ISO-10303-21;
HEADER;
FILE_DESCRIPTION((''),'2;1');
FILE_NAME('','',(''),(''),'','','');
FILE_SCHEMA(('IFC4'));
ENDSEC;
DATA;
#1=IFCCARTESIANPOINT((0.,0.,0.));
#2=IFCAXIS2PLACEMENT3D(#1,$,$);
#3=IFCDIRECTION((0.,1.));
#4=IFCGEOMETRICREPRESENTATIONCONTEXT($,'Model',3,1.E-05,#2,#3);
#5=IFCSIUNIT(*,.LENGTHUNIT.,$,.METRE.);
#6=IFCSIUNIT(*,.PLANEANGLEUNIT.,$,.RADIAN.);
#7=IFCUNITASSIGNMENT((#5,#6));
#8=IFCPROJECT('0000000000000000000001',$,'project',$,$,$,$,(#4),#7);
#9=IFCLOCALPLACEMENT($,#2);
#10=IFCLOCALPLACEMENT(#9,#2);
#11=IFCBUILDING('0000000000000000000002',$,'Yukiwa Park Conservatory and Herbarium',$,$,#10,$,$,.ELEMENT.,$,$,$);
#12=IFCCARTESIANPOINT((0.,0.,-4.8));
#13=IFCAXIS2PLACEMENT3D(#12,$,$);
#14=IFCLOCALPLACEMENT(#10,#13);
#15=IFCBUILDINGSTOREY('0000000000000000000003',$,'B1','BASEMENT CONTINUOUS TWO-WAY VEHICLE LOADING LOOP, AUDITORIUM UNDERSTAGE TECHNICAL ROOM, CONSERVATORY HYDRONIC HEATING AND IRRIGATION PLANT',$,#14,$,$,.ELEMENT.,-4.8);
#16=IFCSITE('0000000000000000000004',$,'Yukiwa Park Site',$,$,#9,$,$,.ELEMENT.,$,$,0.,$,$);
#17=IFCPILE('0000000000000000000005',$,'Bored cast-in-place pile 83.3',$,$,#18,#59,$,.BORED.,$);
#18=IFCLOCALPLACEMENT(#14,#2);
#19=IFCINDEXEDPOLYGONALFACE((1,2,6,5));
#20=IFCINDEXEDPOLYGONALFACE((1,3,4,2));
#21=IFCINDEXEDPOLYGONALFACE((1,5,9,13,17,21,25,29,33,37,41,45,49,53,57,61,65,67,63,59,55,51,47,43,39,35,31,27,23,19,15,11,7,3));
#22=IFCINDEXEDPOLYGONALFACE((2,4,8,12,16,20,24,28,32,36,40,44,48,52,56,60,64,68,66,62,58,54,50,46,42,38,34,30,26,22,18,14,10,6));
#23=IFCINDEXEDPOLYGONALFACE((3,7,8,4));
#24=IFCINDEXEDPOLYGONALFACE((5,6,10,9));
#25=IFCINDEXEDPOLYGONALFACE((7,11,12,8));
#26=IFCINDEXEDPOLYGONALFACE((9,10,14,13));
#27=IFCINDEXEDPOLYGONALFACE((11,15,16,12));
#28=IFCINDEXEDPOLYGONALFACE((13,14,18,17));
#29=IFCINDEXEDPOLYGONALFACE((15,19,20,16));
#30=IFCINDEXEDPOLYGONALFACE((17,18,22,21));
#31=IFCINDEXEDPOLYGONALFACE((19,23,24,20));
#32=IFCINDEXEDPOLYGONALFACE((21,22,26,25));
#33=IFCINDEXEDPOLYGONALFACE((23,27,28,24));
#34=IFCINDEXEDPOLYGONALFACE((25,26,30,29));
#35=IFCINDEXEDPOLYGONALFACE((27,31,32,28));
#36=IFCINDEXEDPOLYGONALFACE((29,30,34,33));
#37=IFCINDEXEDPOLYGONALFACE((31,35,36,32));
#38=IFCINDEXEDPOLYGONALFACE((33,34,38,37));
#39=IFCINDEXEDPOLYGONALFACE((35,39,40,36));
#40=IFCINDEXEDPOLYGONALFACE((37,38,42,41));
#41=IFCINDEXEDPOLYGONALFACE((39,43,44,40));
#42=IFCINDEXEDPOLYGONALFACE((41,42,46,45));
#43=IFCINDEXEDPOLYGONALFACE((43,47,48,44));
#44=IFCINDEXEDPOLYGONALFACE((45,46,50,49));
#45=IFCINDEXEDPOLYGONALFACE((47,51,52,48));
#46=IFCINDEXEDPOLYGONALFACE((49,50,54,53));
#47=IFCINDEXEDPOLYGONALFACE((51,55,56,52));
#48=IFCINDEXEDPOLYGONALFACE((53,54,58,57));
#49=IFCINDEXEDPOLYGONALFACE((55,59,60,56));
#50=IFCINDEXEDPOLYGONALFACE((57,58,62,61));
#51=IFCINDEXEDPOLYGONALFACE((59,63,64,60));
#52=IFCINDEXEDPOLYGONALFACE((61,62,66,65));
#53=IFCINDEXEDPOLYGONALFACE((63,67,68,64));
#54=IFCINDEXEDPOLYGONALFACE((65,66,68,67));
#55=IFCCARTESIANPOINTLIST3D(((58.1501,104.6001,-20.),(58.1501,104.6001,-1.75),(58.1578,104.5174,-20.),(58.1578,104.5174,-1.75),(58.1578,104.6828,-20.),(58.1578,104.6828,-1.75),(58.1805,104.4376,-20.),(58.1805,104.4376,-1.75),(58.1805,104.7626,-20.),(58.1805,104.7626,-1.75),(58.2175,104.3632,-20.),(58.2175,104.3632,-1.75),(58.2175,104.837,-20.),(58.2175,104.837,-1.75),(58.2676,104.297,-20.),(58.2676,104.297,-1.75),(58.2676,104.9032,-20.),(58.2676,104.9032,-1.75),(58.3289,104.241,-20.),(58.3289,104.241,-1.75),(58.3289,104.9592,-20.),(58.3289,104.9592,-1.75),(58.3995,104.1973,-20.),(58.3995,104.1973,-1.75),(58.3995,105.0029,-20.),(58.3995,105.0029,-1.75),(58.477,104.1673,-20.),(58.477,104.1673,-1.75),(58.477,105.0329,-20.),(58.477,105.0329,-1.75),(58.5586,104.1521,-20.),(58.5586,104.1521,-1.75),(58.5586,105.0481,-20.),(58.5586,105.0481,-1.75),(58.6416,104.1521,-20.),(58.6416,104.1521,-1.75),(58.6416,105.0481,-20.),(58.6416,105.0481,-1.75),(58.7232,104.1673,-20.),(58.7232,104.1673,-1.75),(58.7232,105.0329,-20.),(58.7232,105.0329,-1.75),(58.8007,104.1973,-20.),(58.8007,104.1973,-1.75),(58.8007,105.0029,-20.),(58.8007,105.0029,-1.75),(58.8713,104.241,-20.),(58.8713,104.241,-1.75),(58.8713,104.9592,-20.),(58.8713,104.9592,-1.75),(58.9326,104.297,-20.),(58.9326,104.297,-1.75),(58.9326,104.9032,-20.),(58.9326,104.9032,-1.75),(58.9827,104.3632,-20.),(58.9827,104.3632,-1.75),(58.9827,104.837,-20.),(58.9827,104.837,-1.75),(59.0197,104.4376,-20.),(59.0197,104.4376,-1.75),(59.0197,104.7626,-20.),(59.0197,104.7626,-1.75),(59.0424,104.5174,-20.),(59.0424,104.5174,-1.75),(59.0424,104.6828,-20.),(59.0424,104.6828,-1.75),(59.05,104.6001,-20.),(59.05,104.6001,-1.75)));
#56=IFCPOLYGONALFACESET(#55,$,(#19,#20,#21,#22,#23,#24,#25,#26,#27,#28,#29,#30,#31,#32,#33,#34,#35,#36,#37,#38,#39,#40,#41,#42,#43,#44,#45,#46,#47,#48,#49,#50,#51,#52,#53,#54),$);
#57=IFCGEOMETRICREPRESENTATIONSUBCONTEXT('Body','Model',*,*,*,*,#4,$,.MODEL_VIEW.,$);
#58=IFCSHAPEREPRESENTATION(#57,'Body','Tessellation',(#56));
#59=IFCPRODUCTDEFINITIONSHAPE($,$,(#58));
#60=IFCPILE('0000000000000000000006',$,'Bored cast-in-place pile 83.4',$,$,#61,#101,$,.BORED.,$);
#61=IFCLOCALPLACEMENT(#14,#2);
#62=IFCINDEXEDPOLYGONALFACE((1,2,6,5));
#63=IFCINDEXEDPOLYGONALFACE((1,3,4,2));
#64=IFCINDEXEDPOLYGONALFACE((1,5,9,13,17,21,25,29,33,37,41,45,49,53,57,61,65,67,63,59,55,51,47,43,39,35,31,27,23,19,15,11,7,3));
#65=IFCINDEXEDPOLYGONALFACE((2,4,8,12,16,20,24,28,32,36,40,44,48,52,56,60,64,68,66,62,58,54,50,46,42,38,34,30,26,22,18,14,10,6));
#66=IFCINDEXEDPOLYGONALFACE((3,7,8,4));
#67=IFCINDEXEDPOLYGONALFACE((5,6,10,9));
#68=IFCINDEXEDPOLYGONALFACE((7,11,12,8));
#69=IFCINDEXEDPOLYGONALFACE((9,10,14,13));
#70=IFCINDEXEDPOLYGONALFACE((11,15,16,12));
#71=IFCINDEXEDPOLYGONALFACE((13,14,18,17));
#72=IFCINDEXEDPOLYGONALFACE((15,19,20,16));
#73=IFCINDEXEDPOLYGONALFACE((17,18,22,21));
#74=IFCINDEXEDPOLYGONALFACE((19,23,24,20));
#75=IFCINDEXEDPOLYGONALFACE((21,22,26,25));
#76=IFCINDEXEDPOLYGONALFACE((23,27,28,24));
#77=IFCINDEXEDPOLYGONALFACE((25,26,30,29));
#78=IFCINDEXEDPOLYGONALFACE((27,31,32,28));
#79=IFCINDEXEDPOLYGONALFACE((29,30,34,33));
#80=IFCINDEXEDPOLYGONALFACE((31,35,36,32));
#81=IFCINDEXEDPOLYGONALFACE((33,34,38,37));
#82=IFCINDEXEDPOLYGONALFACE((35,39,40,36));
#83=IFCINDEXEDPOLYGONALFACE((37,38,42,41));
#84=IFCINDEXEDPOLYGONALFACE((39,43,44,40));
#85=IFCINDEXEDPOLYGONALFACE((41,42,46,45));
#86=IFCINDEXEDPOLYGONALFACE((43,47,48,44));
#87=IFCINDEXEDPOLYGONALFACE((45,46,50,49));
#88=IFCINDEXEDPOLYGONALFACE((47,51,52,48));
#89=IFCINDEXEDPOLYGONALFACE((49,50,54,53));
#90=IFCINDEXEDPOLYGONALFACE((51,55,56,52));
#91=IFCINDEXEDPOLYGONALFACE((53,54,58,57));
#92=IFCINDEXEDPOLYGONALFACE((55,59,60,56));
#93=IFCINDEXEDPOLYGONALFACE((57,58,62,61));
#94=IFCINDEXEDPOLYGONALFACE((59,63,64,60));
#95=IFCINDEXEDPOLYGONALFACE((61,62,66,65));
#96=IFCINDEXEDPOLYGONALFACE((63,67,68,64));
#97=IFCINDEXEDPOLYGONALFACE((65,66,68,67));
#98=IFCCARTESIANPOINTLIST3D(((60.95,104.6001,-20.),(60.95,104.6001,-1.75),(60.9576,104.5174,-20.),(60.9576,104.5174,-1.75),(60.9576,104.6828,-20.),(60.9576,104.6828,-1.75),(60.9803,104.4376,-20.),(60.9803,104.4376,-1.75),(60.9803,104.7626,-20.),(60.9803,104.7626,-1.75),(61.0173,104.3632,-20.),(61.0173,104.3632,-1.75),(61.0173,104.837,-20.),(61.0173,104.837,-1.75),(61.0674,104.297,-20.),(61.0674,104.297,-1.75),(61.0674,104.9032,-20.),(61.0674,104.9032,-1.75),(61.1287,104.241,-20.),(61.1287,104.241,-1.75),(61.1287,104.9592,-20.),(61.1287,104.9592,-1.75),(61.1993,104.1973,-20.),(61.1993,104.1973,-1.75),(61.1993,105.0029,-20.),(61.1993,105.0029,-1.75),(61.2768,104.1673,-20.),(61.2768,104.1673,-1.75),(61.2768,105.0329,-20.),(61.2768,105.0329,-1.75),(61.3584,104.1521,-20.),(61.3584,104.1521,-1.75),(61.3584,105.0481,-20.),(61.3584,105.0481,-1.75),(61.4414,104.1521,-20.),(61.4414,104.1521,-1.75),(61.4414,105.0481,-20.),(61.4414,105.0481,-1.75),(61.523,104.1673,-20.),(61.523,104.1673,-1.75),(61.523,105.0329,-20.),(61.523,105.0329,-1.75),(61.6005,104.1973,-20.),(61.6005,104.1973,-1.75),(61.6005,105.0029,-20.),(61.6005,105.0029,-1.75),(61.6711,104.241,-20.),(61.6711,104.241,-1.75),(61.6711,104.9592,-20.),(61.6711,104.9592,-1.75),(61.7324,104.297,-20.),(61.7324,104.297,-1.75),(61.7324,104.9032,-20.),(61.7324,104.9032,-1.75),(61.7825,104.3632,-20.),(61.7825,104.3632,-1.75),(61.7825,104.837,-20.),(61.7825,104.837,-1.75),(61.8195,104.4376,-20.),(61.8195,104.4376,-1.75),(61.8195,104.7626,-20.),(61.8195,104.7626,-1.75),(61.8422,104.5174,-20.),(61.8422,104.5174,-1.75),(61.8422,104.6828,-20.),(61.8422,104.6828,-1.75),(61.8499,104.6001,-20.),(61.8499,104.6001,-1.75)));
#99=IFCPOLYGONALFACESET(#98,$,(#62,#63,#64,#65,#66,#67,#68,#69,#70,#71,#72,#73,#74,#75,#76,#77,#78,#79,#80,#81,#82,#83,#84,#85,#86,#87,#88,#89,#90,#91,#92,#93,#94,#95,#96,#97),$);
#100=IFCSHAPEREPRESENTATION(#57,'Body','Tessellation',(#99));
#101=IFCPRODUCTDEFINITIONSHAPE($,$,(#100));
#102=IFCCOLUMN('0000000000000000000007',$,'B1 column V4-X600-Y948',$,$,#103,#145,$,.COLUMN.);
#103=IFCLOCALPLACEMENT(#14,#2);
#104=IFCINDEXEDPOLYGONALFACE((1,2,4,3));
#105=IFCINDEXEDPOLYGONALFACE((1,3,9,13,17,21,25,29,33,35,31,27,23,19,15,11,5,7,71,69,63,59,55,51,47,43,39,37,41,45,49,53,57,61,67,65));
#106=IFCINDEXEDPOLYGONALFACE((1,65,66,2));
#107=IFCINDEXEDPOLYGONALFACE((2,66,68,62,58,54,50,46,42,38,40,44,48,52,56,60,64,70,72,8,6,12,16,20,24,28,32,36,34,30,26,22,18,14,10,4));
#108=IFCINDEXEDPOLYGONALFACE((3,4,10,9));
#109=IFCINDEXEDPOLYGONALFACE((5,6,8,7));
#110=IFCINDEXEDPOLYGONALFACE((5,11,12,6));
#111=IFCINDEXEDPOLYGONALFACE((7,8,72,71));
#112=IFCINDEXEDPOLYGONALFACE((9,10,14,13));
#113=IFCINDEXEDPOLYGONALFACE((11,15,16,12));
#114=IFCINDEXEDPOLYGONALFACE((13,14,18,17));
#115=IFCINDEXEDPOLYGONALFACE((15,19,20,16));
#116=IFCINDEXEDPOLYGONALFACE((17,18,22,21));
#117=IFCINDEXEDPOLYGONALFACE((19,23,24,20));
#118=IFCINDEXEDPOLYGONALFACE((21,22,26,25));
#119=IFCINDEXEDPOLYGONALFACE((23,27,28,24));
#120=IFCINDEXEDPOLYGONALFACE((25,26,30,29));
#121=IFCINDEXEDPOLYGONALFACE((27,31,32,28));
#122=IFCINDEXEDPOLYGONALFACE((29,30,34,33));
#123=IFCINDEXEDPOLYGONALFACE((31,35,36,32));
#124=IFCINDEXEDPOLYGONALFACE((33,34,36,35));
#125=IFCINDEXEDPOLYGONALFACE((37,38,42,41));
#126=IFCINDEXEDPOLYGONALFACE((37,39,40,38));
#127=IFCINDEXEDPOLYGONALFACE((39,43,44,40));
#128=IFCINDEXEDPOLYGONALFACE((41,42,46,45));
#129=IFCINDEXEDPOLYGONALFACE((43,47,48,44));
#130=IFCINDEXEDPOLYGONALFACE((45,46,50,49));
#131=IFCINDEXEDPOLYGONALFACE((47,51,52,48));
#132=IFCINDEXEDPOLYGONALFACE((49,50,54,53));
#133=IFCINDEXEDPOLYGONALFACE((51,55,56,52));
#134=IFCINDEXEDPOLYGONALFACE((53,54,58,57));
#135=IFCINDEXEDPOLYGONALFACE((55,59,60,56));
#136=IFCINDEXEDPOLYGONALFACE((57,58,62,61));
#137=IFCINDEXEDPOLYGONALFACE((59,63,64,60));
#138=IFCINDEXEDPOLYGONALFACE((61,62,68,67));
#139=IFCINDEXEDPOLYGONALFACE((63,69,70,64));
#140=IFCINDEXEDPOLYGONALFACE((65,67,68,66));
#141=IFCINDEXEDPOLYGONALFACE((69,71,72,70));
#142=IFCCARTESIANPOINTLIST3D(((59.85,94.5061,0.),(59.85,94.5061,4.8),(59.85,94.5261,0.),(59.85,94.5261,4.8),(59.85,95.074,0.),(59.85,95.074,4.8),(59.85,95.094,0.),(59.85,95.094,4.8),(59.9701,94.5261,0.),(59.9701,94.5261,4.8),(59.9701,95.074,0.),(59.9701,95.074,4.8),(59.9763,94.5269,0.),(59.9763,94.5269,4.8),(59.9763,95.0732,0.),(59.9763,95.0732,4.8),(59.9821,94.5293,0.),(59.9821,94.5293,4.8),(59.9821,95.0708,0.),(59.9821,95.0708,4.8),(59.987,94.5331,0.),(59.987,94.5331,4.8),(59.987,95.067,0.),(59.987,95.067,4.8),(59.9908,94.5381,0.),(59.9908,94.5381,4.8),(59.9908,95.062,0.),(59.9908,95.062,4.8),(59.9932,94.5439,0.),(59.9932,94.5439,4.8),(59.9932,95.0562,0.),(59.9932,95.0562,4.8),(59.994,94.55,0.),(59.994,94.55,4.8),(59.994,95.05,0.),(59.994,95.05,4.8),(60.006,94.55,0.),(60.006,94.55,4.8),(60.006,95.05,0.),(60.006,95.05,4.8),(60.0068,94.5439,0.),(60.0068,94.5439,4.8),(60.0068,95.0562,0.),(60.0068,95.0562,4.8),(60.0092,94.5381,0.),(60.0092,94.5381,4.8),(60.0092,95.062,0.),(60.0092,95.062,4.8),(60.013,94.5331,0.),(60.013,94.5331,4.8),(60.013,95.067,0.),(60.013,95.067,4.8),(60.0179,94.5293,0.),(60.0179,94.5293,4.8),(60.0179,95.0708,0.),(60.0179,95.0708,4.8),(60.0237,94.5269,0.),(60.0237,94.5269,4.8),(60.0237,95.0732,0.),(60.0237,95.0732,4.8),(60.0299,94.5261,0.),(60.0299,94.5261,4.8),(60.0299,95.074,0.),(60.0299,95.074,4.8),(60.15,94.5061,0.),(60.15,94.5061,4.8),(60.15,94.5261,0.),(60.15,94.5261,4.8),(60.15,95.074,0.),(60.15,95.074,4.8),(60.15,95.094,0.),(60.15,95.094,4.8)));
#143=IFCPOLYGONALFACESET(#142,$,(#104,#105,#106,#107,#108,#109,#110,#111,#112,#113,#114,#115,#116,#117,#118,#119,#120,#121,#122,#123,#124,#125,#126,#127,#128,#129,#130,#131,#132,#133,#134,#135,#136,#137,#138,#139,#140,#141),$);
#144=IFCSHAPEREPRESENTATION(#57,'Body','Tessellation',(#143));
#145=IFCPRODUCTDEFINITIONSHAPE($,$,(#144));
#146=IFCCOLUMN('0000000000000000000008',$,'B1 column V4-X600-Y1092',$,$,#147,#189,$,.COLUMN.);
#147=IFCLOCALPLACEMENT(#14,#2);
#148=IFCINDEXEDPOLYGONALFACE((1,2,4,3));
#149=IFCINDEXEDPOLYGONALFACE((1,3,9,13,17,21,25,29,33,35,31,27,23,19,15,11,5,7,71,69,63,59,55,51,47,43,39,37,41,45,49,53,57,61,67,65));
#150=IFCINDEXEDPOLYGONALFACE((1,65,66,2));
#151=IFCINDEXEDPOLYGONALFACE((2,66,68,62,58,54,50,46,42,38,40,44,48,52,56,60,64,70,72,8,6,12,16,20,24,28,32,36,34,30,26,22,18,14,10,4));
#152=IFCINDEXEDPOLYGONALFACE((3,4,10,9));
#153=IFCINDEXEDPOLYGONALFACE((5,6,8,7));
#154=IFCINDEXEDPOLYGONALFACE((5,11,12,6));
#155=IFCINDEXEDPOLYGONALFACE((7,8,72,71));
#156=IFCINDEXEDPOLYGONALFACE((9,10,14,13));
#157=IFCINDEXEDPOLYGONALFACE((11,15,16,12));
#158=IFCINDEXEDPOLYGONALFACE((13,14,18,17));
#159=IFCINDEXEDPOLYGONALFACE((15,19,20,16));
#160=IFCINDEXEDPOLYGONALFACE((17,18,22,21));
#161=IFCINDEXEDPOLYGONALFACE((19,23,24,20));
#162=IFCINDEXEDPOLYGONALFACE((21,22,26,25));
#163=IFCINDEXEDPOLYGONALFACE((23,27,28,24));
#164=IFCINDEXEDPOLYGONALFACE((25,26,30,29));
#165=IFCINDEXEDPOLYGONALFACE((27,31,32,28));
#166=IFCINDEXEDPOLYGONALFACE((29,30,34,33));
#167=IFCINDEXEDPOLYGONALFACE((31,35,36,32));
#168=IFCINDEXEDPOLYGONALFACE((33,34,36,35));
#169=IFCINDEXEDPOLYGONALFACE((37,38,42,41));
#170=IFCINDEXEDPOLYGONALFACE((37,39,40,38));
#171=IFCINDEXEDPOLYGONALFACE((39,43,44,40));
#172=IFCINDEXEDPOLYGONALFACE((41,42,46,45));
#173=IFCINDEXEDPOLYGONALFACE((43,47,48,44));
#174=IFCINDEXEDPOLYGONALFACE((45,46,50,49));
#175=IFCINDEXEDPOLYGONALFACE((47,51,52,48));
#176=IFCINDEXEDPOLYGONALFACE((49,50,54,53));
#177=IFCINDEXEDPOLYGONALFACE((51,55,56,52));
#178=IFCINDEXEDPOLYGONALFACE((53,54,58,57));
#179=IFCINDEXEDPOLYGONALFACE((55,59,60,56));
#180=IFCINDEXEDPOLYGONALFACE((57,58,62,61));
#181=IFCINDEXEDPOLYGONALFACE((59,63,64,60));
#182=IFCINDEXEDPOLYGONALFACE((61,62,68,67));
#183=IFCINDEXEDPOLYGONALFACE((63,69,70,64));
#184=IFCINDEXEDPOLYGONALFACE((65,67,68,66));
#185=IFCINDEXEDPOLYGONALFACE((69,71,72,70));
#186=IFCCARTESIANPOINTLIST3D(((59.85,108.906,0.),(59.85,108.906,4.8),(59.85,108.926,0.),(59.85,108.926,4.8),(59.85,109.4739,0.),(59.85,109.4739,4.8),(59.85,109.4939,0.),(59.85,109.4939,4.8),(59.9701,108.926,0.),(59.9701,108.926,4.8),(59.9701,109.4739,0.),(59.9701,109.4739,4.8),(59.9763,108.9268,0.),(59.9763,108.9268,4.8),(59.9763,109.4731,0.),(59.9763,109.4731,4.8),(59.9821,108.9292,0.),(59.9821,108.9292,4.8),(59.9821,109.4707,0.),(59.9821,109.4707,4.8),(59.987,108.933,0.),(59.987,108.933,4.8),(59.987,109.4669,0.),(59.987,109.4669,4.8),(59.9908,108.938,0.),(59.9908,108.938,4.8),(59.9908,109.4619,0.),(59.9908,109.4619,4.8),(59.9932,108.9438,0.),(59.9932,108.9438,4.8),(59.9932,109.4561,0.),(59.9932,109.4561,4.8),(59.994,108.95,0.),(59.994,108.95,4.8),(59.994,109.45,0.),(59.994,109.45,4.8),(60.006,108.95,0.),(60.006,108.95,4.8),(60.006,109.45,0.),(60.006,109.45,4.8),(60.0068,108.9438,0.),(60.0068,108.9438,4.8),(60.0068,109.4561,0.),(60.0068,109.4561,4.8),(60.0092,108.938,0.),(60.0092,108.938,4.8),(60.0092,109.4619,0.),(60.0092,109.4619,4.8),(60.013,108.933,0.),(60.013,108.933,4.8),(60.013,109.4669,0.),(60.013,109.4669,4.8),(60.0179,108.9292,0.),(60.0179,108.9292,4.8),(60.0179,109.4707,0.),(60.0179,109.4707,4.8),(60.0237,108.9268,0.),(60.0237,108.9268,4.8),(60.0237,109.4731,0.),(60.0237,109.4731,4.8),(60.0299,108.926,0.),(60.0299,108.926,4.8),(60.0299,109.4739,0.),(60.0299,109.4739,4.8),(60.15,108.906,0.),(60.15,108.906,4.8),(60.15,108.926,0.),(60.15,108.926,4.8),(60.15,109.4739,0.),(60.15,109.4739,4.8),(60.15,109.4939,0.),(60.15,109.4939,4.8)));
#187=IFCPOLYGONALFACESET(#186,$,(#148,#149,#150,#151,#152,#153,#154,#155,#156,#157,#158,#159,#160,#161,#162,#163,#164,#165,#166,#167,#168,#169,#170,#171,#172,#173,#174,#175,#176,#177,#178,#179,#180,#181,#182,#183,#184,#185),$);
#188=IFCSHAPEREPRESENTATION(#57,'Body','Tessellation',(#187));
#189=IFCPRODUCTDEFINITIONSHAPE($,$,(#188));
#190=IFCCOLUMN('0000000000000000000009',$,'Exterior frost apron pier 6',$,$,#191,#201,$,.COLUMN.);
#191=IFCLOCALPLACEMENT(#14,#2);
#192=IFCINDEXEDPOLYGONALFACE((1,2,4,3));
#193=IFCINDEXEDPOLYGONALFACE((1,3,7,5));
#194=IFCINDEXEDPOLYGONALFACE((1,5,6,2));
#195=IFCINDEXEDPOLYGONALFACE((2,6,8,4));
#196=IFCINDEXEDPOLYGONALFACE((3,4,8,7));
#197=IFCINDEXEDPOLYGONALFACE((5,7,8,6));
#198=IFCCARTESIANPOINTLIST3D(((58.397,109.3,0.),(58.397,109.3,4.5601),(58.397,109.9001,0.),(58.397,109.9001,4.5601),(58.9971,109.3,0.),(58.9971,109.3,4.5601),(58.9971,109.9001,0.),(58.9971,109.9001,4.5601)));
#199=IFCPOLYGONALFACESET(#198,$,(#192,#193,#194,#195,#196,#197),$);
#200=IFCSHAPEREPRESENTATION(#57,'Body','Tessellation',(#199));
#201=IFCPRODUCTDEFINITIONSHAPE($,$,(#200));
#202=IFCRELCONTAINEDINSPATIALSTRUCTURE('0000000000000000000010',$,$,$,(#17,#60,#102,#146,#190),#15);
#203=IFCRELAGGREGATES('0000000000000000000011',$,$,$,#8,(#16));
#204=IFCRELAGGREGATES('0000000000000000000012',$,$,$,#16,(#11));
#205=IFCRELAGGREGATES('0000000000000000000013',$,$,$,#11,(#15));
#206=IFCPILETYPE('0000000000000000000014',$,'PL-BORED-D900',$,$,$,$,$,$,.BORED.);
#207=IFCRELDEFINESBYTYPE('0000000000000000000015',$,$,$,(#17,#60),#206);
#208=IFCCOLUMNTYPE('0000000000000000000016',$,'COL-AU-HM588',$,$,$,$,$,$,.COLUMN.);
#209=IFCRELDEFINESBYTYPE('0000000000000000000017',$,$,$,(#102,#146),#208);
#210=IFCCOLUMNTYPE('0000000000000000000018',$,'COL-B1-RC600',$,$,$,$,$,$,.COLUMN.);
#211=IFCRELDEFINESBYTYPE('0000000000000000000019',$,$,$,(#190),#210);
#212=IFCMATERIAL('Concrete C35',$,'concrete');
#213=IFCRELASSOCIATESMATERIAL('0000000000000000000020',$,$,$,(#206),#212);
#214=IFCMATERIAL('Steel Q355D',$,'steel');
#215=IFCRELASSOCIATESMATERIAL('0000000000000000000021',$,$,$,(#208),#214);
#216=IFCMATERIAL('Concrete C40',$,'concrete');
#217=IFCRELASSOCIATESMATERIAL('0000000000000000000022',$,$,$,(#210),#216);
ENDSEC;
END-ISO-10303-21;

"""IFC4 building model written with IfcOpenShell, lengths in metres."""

from ifc_helpers import new_model, si_unit, direction, frame, origin, origin_2d, place, context, subcontext, project, spatial, rectangle, circle, i_section, extrude, material, material_profile, profile_set, type_object, element, save


model = new_model("IFC4")

# Units and contexts
model_context = context("Model", 3, precision=1e-05, world=origin(), true_north=direction((0.0, 1.0)))
body_context = subcontext(model_context, "Body", "Model", "MODEL_VIEW")
ifc_project = project(units=[si_unit("LENGTHUNIT", "METRE"), si_unit("PLANEANGLEUNIT", "RADIAN")], contexts=[model_context])

# Site, building, storey
site_placement = place(None, origin())
site = spatial("IfcSite", under=ifc_project, at=site_placement, Name="Yukiwa Park Site", CompositionType="ELEMENT", RefElevation=0.0)
building_placement = place(site_placement, origin())
building = spatial("IfcBuilding", under=site, at=building_placement, Name="Yukiwa Park Conservatory and Herbarium", CompositionType="ELEMENT")
storey_placement = place(building_placement, frame((0.0, 0.0, -4.8)))
storey = spatial("IfcBuildingStorey", under=building, at=storey_placement, Name="B1", Description="BASEMENT CONTINUOUS TWO-WAY VEHICLE LOADING LOOP, AUDITORIUM UNDERSTAGE TECHNICAL ROOM, CONSERVATORY HYDRONIC HEATING AND IRRIGATION PLANT", CompositionType="ELEMENT", Elevation=-4.8)

# Piles
ifc_material_1 = material(Name="Concrete C35", Category="concrete")
ifc_material_profile_1 = material_profile(ifc_material_1, circle(Radius=0.45, at=origin_2d()), Name="PILE D900")
ifc_profile_set_1 = profile_set([ifc_material_profile_1], Name="Concrete C35")
pile_type_1 = type_object("IfcPileType", Name="PL-BORED-D900", PredefinedType="BORED", material=ifc_profile_set_1)
for number, where, z_axis, x_axis, name in (
    (1, (58.6001, 104.6001, -1.75), (0.0, 0.0, -1.0), (1.0, 0.0, 0.0), "Bored cast-in-place pile 83.3"),
    (2, (61.3999, 104.6001, -1.75), (0.0, 0.0, -1.0), (1.0, 0.0, 0.0), "Bored cast-in-place pile 83.4"),
):
    element("IfcPile", number, at=place(storey_placement, frame(where, z_axis=z_axis, x_axis=x_axis)), inside=storey, type_object=pile_type_1, Name=name, PredefinedType="BORED", context=body_context, shape_type="SweptSolid", body=[
        extrude(circle(Radius=0.45, at=origin_2d()), origin(), (0.0, 0.0, 1.0), 18.25),
    ])

# Columns
ifc_material_2 = material(Name="Steel Q355D", Category="steel")
ifc_material_profile_2 = material_profile(ifc_material_2, i_section(OverallWidth=0.3, OverallDepth=0.5879, WebThickness=0.012, FlangeThickness=0.02, FilletRadius=0.0239, at=origin_2d()), Name="HM 588x300x12x20")
ifc_profile_set_2 = profile_set([ifc_material_profile_2], Name="Steel Q355D")
column_type_1 = type_object("IfcColumnType", Name="COL-AU-HM588", PredefinedType="COLUMN", material=ifc_profile_set_2)
for number, where, z_axis, x_axis, name in (
    (3, (60.0, 94.8, 0.0), (0.0, 0.0, 1.0), (1.0, 0.0, 0.0), "B1 column V4-X600-Y948"),
    (4, (60.0, 109.2, 0.0), (0.0, 0.0, 1.0), (1.0, 0.0, 0.0), "B1 column V4-X600-Y1092"),
):
    element("IfcColumn", number, at=place(storey_placement, frame(where, z_axis=z_axis, x_axis=x_axis)), inside=storey, type_object=column_type_1, Name=name, PredefinedType="COLUMN", context=body_context, shape_type="SweptSolid", body=[
        extrude(i_section(OverallWidth=0.3, OverallDepth=0.5879, WebThickness=0.012, FlangeThickness=0.02, FilletRadius=0.0239, at=origin_2d()), origin(), (0.0, 0.0, 1.0), 4.8),
    ])
ifc_material_3 = material(Name="Concrete C40", Category="concrete")
ifc_material_profile_3 = material_profile(ifc_material_3, rectangle(XDim=0.6001, YDim=0.6001, at=origin_2d()), Name="RC 600x600")
ifc_profile_set_3 = profile_set([ifc_material_profile_3], Name="Concrete C40")
column_type_2 = type_object("IfcColumnType", Name="COL-B1-RC600", PredefinedType="COLUMN", material=ifc_profile_set_3)
for number, where, z_axis, x_axis, name in (
    (5, (58.697, 109.6001, 0.0), (0.0, 0.0, 1.0), (1.0, 0.0, 0.0), "Exterior frost apron pier 6"),
):
    element("IfcColumn", number, at=place(storey_placement, frame(where, z_axis=z_axis, x_axis=x_axis)), inside=storey, type_object=column_type_2, Name=name, PredefinedType="COLUMN", context=body_context, shape_type="SweptSolid", body=[
        extrude(rectangle(XDim=0.6001, YDim=0.6001, at=origin_2d()), origin(), (0.0, 0.0, 1.0), 4.5601),
    ])

save(model, "model.ifc")
